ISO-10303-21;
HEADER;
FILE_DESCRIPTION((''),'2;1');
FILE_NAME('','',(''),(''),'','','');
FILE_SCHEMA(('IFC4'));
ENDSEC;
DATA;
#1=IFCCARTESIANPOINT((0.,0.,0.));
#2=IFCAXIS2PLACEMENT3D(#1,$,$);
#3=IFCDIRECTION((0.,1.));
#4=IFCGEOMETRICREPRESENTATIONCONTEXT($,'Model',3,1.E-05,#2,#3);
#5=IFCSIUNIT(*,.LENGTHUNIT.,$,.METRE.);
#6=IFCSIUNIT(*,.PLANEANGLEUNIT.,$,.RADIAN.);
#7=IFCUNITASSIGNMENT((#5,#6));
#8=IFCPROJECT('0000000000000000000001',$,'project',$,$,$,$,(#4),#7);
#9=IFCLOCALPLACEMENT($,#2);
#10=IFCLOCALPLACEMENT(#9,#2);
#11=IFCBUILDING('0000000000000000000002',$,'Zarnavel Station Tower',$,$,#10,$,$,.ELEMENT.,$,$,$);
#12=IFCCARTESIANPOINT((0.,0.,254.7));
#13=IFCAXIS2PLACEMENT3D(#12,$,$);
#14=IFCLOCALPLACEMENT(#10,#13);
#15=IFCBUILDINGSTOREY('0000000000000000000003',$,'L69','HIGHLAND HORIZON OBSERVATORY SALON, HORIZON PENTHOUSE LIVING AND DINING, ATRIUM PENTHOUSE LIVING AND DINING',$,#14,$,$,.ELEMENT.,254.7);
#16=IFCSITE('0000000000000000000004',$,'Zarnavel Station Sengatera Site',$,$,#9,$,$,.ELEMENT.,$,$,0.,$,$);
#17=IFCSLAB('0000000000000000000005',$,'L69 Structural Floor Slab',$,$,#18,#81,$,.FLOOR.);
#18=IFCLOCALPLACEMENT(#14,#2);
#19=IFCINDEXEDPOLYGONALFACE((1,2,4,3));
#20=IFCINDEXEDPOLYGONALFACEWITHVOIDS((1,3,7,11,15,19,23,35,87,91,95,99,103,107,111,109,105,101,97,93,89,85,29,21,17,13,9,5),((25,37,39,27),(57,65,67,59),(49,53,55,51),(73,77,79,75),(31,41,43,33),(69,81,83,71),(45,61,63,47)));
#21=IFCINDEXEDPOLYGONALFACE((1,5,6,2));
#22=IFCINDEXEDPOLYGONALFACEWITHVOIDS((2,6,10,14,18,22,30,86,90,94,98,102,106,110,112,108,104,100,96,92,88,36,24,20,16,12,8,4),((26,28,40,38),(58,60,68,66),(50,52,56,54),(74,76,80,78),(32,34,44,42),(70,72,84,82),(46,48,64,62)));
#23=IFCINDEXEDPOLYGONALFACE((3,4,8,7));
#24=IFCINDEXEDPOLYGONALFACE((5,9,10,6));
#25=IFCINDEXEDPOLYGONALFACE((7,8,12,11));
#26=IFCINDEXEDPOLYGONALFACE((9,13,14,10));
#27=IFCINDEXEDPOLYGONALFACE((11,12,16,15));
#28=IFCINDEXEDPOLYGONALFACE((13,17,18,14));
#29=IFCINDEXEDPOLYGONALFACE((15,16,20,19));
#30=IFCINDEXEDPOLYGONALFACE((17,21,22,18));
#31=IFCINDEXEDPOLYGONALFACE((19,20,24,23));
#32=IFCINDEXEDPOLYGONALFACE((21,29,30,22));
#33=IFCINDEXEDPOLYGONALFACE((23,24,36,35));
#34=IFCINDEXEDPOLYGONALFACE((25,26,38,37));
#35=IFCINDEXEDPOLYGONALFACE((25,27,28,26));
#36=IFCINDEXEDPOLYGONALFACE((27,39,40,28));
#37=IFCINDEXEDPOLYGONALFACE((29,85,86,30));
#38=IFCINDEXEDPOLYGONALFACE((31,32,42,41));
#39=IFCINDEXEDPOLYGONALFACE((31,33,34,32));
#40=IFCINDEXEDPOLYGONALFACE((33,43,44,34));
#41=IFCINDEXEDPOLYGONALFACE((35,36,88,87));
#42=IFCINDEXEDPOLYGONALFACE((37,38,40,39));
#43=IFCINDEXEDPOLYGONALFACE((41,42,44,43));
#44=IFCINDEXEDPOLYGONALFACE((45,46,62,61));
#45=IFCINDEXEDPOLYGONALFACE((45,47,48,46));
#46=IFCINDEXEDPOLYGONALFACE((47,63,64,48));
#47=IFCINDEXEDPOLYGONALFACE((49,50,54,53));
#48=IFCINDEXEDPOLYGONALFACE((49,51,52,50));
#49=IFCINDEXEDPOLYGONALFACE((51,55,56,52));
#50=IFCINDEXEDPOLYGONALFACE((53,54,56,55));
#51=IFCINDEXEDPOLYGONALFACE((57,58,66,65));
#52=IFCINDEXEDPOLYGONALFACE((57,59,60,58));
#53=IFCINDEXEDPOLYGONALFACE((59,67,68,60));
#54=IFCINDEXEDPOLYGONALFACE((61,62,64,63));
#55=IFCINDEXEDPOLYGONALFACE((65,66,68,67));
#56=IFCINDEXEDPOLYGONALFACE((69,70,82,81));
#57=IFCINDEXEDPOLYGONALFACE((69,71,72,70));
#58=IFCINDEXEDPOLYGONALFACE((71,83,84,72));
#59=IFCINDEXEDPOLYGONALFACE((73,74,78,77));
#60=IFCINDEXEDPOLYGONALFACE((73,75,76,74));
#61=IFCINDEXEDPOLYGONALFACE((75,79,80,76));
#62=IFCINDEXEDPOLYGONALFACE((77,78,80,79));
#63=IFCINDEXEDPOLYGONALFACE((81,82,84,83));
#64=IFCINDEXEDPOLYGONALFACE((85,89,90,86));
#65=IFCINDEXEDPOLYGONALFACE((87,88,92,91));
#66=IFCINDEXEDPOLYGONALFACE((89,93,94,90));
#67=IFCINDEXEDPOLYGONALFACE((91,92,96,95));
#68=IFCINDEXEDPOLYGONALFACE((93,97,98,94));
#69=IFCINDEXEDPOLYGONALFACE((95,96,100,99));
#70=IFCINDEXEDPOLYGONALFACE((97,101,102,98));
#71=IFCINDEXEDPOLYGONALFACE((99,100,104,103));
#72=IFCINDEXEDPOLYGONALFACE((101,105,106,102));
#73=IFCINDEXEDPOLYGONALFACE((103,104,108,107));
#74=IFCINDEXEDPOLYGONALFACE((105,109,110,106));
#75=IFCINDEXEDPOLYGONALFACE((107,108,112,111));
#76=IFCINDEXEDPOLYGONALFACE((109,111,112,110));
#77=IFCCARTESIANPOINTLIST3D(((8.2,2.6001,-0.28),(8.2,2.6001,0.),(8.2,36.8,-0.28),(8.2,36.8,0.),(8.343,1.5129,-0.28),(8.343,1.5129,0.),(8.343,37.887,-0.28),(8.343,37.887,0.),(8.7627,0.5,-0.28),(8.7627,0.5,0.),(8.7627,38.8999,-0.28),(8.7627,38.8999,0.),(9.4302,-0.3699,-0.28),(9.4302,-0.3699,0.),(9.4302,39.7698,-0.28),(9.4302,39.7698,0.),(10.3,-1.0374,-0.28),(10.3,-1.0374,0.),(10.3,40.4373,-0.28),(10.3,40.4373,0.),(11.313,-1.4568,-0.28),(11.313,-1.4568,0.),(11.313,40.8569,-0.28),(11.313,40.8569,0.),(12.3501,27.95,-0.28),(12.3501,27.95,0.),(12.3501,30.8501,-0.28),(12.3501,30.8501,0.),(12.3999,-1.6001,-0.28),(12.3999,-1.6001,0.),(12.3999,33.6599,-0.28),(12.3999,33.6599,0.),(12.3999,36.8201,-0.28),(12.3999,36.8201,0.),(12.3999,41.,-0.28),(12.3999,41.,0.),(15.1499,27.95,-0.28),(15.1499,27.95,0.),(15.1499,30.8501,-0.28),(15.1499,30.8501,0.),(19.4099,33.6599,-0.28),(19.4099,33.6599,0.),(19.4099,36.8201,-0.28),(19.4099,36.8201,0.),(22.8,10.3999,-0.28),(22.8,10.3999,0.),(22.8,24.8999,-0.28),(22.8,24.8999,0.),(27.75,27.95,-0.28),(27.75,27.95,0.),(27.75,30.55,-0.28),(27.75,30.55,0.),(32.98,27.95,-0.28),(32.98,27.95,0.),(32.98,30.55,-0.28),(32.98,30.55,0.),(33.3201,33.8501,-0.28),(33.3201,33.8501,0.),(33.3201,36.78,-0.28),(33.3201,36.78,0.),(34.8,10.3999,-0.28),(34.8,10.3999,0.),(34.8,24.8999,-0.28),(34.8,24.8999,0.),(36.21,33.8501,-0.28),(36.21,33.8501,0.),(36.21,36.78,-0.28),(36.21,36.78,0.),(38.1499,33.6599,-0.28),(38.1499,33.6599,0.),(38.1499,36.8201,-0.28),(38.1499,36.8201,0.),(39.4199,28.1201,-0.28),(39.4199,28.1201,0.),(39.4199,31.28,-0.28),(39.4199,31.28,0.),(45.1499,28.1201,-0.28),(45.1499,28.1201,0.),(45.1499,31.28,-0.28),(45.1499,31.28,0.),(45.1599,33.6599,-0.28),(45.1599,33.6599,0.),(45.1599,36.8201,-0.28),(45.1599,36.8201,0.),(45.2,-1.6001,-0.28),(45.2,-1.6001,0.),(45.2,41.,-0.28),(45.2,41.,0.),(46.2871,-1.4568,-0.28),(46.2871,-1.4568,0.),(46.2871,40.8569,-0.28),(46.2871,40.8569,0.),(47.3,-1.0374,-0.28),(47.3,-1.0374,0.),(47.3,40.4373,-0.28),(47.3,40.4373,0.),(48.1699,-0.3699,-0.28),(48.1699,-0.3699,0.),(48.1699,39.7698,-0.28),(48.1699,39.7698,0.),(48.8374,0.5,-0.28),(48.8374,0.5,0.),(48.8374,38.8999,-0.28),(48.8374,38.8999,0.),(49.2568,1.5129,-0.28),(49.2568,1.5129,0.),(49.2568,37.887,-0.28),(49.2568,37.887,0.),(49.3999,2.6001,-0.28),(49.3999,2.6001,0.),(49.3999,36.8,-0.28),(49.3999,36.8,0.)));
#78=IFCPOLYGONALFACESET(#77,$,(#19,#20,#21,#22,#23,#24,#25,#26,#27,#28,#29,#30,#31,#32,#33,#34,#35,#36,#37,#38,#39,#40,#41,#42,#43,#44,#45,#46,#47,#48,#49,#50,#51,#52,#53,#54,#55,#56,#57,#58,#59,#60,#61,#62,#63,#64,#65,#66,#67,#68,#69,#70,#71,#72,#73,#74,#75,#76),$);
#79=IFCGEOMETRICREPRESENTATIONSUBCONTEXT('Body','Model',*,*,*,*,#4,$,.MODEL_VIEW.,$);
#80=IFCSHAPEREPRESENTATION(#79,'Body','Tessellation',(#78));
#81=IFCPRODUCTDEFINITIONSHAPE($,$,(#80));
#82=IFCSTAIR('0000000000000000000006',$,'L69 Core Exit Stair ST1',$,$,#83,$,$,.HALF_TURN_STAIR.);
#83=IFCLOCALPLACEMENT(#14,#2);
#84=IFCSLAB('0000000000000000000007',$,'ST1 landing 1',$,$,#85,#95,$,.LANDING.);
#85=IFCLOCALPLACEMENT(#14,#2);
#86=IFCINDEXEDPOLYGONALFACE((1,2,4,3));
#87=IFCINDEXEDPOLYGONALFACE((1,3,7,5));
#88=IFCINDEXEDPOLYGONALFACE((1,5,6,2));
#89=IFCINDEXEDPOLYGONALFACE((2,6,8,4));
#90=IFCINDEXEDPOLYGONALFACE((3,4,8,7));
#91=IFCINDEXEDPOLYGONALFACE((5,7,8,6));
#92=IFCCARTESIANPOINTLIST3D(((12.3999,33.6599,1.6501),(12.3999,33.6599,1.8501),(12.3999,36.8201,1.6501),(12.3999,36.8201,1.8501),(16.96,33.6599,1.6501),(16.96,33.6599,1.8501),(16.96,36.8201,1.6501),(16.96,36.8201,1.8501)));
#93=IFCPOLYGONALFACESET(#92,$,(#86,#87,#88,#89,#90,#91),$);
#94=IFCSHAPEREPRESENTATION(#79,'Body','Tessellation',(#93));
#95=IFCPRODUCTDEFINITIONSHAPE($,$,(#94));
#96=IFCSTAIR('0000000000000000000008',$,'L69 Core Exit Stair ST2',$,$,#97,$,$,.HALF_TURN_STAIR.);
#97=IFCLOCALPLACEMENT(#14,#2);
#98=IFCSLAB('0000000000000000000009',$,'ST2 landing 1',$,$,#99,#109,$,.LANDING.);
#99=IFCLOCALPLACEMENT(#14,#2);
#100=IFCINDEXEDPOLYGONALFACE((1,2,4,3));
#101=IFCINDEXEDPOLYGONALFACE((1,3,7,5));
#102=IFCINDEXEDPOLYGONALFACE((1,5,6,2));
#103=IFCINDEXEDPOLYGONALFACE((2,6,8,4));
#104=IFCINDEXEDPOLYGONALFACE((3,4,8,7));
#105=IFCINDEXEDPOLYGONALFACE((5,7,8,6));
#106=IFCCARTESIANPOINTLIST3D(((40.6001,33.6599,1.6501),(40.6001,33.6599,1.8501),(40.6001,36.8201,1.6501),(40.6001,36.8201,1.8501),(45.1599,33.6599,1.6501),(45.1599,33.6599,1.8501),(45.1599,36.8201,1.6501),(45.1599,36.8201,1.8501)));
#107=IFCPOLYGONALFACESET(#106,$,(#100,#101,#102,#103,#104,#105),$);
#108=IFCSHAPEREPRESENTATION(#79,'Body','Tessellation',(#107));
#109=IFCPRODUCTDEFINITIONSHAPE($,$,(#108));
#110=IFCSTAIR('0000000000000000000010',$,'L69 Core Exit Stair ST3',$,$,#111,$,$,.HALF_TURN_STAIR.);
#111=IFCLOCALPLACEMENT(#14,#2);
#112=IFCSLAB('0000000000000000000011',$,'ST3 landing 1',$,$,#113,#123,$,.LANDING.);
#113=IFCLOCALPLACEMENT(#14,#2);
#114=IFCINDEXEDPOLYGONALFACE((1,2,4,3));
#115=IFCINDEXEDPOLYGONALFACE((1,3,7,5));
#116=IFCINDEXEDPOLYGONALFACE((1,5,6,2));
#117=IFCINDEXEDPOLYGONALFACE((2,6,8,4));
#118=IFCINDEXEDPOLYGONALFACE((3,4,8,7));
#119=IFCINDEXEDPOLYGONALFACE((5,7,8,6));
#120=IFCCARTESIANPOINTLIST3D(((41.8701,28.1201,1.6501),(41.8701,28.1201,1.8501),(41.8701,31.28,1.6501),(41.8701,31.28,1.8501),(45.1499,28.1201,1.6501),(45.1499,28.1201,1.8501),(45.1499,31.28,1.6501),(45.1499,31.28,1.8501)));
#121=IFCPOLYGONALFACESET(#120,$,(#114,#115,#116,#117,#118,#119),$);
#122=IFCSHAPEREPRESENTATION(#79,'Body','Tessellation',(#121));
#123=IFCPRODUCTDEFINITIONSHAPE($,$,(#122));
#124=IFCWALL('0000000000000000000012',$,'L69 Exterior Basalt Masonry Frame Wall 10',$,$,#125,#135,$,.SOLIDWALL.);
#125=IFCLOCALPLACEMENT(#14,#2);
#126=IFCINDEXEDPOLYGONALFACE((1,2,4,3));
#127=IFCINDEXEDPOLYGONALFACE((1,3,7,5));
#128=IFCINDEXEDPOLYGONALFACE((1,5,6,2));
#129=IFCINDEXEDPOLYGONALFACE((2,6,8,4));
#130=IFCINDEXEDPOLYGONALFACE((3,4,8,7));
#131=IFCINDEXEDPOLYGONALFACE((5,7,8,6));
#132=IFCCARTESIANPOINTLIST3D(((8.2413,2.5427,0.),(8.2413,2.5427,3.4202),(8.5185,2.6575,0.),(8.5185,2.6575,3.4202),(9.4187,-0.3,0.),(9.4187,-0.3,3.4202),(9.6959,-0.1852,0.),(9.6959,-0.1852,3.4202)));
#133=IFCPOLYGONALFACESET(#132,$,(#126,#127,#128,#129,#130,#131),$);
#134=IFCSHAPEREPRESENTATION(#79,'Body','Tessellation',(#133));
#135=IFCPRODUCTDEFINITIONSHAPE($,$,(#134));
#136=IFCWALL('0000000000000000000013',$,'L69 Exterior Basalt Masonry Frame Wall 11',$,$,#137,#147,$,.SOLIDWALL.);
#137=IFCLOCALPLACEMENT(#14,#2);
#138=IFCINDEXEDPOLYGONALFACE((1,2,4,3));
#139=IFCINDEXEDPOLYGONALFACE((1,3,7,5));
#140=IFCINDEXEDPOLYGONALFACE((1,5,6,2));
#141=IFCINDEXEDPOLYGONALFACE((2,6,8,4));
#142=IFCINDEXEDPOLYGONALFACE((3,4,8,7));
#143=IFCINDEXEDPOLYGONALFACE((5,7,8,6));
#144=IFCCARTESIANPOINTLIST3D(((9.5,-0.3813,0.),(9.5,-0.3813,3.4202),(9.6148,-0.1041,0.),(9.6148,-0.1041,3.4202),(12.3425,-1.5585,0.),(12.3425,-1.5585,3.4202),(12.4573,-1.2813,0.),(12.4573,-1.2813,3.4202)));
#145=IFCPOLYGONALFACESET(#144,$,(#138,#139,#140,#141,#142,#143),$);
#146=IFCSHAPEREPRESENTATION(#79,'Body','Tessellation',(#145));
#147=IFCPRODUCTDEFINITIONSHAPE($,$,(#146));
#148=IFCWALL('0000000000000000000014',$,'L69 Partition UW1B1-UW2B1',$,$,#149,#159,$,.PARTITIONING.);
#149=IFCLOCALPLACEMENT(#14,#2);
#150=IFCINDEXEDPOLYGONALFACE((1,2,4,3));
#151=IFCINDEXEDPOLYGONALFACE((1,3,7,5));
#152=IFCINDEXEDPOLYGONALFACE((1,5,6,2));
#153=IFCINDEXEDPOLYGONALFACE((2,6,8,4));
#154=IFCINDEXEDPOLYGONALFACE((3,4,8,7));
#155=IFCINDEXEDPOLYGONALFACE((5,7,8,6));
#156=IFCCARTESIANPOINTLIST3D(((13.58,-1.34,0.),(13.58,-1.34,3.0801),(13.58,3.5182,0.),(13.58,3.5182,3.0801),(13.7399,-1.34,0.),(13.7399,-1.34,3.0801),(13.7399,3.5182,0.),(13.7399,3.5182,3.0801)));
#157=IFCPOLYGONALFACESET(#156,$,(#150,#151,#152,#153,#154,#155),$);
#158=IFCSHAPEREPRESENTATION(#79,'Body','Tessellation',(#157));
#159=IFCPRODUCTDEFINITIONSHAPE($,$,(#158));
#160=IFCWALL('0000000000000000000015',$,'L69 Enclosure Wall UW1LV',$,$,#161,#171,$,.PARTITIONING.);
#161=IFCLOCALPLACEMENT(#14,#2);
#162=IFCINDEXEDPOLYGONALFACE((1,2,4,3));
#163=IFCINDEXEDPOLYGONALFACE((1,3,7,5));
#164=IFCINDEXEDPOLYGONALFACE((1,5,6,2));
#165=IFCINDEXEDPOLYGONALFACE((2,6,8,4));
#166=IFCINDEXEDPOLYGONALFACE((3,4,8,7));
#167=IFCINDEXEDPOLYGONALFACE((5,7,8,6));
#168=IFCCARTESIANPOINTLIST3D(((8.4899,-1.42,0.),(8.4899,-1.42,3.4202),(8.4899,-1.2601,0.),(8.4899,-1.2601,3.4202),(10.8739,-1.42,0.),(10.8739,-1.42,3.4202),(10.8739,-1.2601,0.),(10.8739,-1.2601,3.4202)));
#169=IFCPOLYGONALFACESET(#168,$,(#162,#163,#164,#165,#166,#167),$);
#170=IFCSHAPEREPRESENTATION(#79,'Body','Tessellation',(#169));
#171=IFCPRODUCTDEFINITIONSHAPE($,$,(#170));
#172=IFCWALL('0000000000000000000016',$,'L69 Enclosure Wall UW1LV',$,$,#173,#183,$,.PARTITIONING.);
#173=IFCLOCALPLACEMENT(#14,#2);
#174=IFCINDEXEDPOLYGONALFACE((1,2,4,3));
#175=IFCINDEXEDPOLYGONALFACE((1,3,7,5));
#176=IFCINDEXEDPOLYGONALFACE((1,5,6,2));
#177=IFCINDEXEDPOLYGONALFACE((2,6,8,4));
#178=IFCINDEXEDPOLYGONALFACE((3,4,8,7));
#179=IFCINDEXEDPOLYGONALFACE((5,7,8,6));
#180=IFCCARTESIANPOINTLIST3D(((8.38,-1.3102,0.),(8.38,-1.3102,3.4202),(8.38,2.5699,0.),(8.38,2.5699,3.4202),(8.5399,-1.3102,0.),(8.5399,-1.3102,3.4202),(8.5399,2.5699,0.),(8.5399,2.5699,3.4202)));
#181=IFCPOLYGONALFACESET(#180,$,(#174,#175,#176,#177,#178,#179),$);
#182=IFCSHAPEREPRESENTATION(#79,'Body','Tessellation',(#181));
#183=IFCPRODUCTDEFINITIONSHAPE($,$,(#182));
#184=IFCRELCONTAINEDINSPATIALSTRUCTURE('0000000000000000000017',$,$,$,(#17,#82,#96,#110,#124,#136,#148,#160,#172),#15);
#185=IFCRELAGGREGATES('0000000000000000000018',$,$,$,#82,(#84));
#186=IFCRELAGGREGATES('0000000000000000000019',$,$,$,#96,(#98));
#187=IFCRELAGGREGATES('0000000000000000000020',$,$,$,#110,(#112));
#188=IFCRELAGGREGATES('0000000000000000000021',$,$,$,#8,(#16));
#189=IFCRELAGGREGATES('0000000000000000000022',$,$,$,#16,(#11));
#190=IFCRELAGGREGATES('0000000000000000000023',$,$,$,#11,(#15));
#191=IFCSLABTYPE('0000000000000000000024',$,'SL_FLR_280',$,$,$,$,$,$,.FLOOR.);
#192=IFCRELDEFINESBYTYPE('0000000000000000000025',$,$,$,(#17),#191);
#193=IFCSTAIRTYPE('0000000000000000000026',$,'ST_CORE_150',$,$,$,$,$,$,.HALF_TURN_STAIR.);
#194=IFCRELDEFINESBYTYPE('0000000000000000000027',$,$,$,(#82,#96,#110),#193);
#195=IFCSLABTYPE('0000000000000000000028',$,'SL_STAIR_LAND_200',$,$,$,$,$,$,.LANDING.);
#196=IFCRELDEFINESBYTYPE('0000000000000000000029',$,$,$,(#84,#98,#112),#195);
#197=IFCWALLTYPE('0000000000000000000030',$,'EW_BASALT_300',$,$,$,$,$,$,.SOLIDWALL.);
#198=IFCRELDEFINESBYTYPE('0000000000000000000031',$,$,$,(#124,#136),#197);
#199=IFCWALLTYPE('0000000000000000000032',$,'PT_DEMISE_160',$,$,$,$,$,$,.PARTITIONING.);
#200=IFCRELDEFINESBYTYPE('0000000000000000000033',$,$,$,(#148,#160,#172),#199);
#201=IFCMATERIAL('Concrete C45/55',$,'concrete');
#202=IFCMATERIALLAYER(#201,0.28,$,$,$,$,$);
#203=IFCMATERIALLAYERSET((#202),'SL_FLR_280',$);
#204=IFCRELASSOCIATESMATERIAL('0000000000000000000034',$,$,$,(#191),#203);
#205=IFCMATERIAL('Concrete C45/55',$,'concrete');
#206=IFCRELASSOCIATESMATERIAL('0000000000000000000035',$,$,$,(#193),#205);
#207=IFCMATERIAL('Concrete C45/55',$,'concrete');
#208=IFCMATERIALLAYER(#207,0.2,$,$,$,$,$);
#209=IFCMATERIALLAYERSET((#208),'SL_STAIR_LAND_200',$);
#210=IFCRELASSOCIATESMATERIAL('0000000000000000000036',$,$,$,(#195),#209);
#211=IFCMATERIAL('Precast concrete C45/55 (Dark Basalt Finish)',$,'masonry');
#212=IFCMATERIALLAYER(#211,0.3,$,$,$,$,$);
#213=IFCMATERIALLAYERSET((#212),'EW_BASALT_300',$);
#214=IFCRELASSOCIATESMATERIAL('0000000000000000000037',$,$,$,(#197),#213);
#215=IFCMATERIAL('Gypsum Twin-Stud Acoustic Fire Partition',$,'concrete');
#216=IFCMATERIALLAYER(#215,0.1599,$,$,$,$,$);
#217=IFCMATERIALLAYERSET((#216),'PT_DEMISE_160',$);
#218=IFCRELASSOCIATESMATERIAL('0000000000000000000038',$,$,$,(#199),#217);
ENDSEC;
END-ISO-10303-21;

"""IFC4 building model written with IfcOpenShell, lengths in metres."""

from ifc_helpers import new_model, si_unit, direction, frame, frame_2d, origin, place, context, subcontext, project, spatial, polyline, rectangle, outline, extrude, material, layer, layer_set, type_object, element, aggregate, save


model = new_model("IFC4")

# Units and contexts
model_context = context("Model", 3, precision=1e-05, world=origin(), true_north=direction((0.0, 1.0)))
body_context = subcontext(model_context, "Body", "Model", "MODEL_VIEW")
ifc_project = project(units=[si_unit("LENGTHUNIT", "METRE"), si_unit("PLANEANGLEUNIT", "RADIAN")], contexts=[model_context])

# Site, building, storey
site_placement = place(None, origin())
site = spatial("IfcSite", under=ifc_project, at=site_placement, Name="Zarnavel Station Sengatera Site", CompositionType="ELEMENT", RefElevation=0.0)
building_placement = place(site_placement, origin())
building = spatial("IfcBuilding", under=site, at=building_placement, Name="Zarnavel Station Tower", CompositionType="ELEMENT")
storey_placement = place(building_placement, frame((0.0, 0.0, 254.7)))
storey = spatial("IfcBuildingStorey", under=building, at=storey_placement, Name="L69", Description="HIGHLAND HORIZON OBSERVATORY SALON, HORIZON PENTHOUSE LIVING AND DINING, ATRIUM PENTHOUSE LIVING AND DINING", CompositionType="ELEMENT", Elevation=254.7)

# Slab
ifc_material_1 = material(Name="Concrete C45/55", Category="concrete")
ifc_layer_1 = layer(ifc_material_1, 0.28)
ifc_layer_set_1 = layer_set([ifc_layer_1], Name="SL_FLR_280")
slab_type_1 = type_object("IfcSlabType", Name="SL_FLR_280", PredefinedType="FLOOR", material=ifc_layer_set_1)
slab_1_placement = place(storey_placement, frame((0.0, 0.0, -0.28)))
element("IfcSlab", 1, at=slab_1_placement, inside=storey, type_object=slab_type_1, Name="L69 Structural Floor Slab", PredefinedType="FLOOR", context=body_context, shape_type="SweptSolid", body=[
    extrude(outline(polyline([(45.2, -1.6001), (46.2871, -1.4568), (47.3, -1.0374), (48.1699, -0.3699), (48.8374, 0.5), (49.2568, 1.5129), (49.3999, 2.6001), (49.3999, 36.8), (49.2568, 37.887), (48.8374, 38.8999), (48.1699, 39.7698), (47.3, 40.4373), (46.2871, 40.8569), (45.2, 41.0), (12.3999, 41.0), (11.313, 40.8569), (10.3, 40.4373), (9.4302, 39.7698), (8.7627, 38.8999), (8.343, 37.887), (8.2, 36.8), (8.2, 2.6001), (8.343, 1.5129), (8.7627, 0.5), (9.4302, -0.3699), (10.3, -1.0374), (11.313, -1.4568), (12.3999, -1.6001), (45.2, -1.6001)]), holes=[polyline([(12.3999, 33.6599), (19.4099, 33.6599), (19.4099, 36.8201), (12.3999, 36.8201), (12.3999, 33.6599)]), polyline([(38.1499, 33.6599), (45.1599, 33.6599), (45.1599, 36.8201), (38.1499, 36.8201), (38.1499, 33.6599)]), polyline([(39.4199, 28.1201), (45.1499, 28.1201), (45.1499, 31.28), (39.4199, 31.28), (39.4199, 28.1201)]), polyline([(12.3501, 27.95), (15.1499, 27.95), (15.1499, 30.8501), (12.3501, 30.8501), (12.3501, 27.95)]), polyline([(33.3201, 33.8501), (36.21, 33.8501), (36.21, 36.78), (33.3201, 36.78), (33.3201, 33.8501)]), polyline([(27.75, 27.95), (32.98, 27.95), (32.98, 30.55), (27.75, 30.55), (27.75, 27.95)]), polyline([(22.8, 10.3999), (34.8, 10.3999), (34.8, 24.8999), (22.8, 24.8999), (22.8, 10.3999)])]), origin(), (0.0, 0.0, 1.0), 0.28),
])

# Stairs, slabs
ifc_material_2 = material(Name="Concrete C45/55", Category="concrete")
stair_type = type_object("IfcStairType", Name="ST_CORE_150", PredefinedType="HALF_TURN_STAIR", material=ifc_material_2)
stair_1_placement = place(storey_placement, origin())
stair_1 = element("IfcStair", 2, at=stair_1_placement, inside=storey, type_object=stair_type, Name="L69 Core Exit Stair ST1", PredefinedType="HALF_TURN_STAIR")
ifc_material_3 = material(Name="Concrete C45/55", Category="concrete")
ifc_layer_2 = layer(ifc_material_3, 0.2)
ifc_layer_set_2 = layer_set([ifc_layer_2], Name="SL_STAIR_LAND_200")
slab_type_2 = type_object("IfcSlabType", Name="SL_STAIR_LAND_200", PredefinedType="LANDING", material=ifc_layer_set_2)
slab_2_placement = place(storey_placement, frame((0.0, 0.0, 1.6501)))
slab_2 = element("IfcSlab", 3, at=slab_2_placement, type_object=slab_type_2, Name="ST1 landing 1", PredefinedType="LANDING", context=body_context, shape_type="SweptSolid", body=[
    extrude(outline(polyline([(16.96, 36.8201), (12.3999, 36.8201), (12.3999, 33.6599), (16.96, 33.6599), (16.96, 36.8201)])), origin(), (0.0, 0.0, 1.0), 0.2),
])
aggregate(stair_1, [slab_2])
stair_2_placement = place(storey_placement, origin())
stair_2 = element("IfcStair", 4, at=stair_2_placement, inside=storey, type_object=stair_type, Name="L69 Core Exit Stair ST2", PredefinedType="HALF_TURN_STAIR")
slab_3_placement = place(storey_placement, frame((0.0, 0.0, 1.6501)))
slab_3 = element("IfcSlab", 5, at=slab_3_placement, type_object=slab_type_2, Name="ST2 landing 1", PredefinedType="LANDING", context=body_context, shape_type="SweptSolid", body=[
    extrude(outline(polyline([(40.6001, 33.6599), (45.1599, 33.6599), (45.1599, 36.8201), (40.6001, 36.8201), (40.6001, 33.6599)])), origin(), (0.0, 0.0, 1.0), 0.2),
])
aggregate(stair_2, [slab_3])
stair_3_placement = place(storey_placement, origin())
stair_3 = element("IfcStair", 6, at=stair_3_placement, inside=storey, type_object=stair_type, Name="L69 Core Exit Stair ST3", PredefinedType="HALF_TURN_STAIR")
slab_4_placement = place(storey_placement, frame((0.0, 0.0, 1.6501)))
slab_4 = element("IfcSlab", 7, at=slab_4_placement, type_object=slab_type_2, Name="ST3 landing 1", PredefinedType="LANDING", context=body_context, shape_type="SweptSolid", body=[
    extrude(outline(polyline([(41.8701, 28.1201), (45.1499, 28.1201), (45.1499, 31.28), (41.8701, 31.28), (41.8701, 28.1201)])), origin(), (0.0, 0.0, 1.0), 0.2),
])
aggregate(stair_3, [slab_4])

# Walls
ifc_material_4 = material(Name="Precast concrete C45/55 (Dark Basalt Finish)", Category="masonry")
ifc_layer_3 = layer(ifc_material_4, 0.3)
ifc_layer_set_3 = layer_set([ifc_layer_3], Name="EW_BASALT_300")
wall_type_1 = type_object("IfcWallType", Name="EW_BASALT_300", PredefinedType="SOLIDWALL", material=ifc_layer_set_3)
wall_1_placement = place(storey_placement, frame((9.5574, -0.2427, 0.0), z_axis=(0.0, 0.0, 1.0), x_axis=(-0.382676, 0.923882, 0.0)))
element("IfcWall", 8, at=wall_1_placement, inside=storey, type_object=wall_type_1, Name="L69 Exterior Basalt Masonry Frame Wall 10", PredefinedType="SOLIDWALL", context=body_context, shape_type="SweptSolid", body=[
    extrude(rectangle(XDim=3.0769, YDim=0.3, at=frame_2d((1.5386, 0.0))), origin(), (0.0, 0.0, 1.0), 3.4202),
])
wall_2_placement = place(storey_placement, frame((12.3999, -1.4199, 0.0), z_axis=(0.0, 0.0, 1.0), x_axis=(-0.923899, 0.382637, 0.0)))
element("IfcWall", 9, at=wall_2_placement, inside=storey, type_object=wall_type_1, Name="L69 Exterior Basalt Masonry Frame Wall 11", PredefinedType="SOLIDWALL", context=body_context, shape_type="SweptSolid", body=[
    extrude(rectangle(XDim=3.0767, YDim=0.3, at=frame_2d((1.5383, 0.0))), origin(), (0.0, 0.0, 1.0), 3.4202),
])
ifc_material_5 = material(Name="Gypsum Twin-Stud Acoustic Fire Partition", Category="concrete")
ifc_layer_4 = layer(ifc_material_5, 0.1599)
ifc_layer_set_4 = layer_set([ifc_layer_4], Name="PT_DEMISE_160")
wall_type_2 = type_object("IfcWallType", Name="PT_DEMISE_160", PredefinedType="PARTITIONING", material=ifc_layer_set_4)
wall_3_placement = place(storey_placement, frame((13.6599, -1.3401, 0.0), z_axis=(0.0, 0.0, 1.0), x_axis=(0.0, 1.0, 0.0)))
element("IfcWall", 10, at=wall_3_placement, inside=storey, type_object=wall_type_2, Name="L69 Partition UW1B1-UW2B1", PredefinedType="PARTITIONING", context=body_context, shape_type="SweptSolid", body=[
    extrude(rectangle(XDim=4.8582, YDim=0.1599, at=frame_2d((2.4292, 0.0))), origin(), (0.0, 0.0, 1.0), 3.0801),
])
wall_4_placement = place(storey_placement, frame((8.49, -1.3401, 0.0), z_axis=(0.0, 0.0, 1.0), x_axis=(1.0, 0.0, 0.0)))
element("IfcWall", 11, at=wall_4_placement, inside=storey, type_object=wall_type_2, Name="L69 Enclosure Wall UW1LV", PredefinedType="PARTITIONING", context=body_context, shape_type="SweptSolid", body=[
    extrude(rectangle(XDim=2.384, YDim=0.1599, at=frame_2d((1.1919, 0.0))), origin(), (0.0, 0.0, 1.0), 3.4202),
])
wall_5_placement = place(storey_placement, frame((8.46, -1.3101, 0.0), z_axis=(0.0, 0.0, 1.0), x_axis=(0.0, 1.0, 0.0)))
element("IfcWall", 12, at=wall_5_placement, inside=storey, type_object=wall_type_2, Name="L69 Enclosure Wall UW1LV", PredefinedType="PARTITIONING", context=body_context, shape_type="SweptSolid", body=[
    extrude(rectangle(XDim=3.8801, YDim=0.1599, at=frame_2d((1.9399, 0.0))), origin(), (0.0, 0.0, 1.0), 3.4202),
])

save(model, "model.ifc")
